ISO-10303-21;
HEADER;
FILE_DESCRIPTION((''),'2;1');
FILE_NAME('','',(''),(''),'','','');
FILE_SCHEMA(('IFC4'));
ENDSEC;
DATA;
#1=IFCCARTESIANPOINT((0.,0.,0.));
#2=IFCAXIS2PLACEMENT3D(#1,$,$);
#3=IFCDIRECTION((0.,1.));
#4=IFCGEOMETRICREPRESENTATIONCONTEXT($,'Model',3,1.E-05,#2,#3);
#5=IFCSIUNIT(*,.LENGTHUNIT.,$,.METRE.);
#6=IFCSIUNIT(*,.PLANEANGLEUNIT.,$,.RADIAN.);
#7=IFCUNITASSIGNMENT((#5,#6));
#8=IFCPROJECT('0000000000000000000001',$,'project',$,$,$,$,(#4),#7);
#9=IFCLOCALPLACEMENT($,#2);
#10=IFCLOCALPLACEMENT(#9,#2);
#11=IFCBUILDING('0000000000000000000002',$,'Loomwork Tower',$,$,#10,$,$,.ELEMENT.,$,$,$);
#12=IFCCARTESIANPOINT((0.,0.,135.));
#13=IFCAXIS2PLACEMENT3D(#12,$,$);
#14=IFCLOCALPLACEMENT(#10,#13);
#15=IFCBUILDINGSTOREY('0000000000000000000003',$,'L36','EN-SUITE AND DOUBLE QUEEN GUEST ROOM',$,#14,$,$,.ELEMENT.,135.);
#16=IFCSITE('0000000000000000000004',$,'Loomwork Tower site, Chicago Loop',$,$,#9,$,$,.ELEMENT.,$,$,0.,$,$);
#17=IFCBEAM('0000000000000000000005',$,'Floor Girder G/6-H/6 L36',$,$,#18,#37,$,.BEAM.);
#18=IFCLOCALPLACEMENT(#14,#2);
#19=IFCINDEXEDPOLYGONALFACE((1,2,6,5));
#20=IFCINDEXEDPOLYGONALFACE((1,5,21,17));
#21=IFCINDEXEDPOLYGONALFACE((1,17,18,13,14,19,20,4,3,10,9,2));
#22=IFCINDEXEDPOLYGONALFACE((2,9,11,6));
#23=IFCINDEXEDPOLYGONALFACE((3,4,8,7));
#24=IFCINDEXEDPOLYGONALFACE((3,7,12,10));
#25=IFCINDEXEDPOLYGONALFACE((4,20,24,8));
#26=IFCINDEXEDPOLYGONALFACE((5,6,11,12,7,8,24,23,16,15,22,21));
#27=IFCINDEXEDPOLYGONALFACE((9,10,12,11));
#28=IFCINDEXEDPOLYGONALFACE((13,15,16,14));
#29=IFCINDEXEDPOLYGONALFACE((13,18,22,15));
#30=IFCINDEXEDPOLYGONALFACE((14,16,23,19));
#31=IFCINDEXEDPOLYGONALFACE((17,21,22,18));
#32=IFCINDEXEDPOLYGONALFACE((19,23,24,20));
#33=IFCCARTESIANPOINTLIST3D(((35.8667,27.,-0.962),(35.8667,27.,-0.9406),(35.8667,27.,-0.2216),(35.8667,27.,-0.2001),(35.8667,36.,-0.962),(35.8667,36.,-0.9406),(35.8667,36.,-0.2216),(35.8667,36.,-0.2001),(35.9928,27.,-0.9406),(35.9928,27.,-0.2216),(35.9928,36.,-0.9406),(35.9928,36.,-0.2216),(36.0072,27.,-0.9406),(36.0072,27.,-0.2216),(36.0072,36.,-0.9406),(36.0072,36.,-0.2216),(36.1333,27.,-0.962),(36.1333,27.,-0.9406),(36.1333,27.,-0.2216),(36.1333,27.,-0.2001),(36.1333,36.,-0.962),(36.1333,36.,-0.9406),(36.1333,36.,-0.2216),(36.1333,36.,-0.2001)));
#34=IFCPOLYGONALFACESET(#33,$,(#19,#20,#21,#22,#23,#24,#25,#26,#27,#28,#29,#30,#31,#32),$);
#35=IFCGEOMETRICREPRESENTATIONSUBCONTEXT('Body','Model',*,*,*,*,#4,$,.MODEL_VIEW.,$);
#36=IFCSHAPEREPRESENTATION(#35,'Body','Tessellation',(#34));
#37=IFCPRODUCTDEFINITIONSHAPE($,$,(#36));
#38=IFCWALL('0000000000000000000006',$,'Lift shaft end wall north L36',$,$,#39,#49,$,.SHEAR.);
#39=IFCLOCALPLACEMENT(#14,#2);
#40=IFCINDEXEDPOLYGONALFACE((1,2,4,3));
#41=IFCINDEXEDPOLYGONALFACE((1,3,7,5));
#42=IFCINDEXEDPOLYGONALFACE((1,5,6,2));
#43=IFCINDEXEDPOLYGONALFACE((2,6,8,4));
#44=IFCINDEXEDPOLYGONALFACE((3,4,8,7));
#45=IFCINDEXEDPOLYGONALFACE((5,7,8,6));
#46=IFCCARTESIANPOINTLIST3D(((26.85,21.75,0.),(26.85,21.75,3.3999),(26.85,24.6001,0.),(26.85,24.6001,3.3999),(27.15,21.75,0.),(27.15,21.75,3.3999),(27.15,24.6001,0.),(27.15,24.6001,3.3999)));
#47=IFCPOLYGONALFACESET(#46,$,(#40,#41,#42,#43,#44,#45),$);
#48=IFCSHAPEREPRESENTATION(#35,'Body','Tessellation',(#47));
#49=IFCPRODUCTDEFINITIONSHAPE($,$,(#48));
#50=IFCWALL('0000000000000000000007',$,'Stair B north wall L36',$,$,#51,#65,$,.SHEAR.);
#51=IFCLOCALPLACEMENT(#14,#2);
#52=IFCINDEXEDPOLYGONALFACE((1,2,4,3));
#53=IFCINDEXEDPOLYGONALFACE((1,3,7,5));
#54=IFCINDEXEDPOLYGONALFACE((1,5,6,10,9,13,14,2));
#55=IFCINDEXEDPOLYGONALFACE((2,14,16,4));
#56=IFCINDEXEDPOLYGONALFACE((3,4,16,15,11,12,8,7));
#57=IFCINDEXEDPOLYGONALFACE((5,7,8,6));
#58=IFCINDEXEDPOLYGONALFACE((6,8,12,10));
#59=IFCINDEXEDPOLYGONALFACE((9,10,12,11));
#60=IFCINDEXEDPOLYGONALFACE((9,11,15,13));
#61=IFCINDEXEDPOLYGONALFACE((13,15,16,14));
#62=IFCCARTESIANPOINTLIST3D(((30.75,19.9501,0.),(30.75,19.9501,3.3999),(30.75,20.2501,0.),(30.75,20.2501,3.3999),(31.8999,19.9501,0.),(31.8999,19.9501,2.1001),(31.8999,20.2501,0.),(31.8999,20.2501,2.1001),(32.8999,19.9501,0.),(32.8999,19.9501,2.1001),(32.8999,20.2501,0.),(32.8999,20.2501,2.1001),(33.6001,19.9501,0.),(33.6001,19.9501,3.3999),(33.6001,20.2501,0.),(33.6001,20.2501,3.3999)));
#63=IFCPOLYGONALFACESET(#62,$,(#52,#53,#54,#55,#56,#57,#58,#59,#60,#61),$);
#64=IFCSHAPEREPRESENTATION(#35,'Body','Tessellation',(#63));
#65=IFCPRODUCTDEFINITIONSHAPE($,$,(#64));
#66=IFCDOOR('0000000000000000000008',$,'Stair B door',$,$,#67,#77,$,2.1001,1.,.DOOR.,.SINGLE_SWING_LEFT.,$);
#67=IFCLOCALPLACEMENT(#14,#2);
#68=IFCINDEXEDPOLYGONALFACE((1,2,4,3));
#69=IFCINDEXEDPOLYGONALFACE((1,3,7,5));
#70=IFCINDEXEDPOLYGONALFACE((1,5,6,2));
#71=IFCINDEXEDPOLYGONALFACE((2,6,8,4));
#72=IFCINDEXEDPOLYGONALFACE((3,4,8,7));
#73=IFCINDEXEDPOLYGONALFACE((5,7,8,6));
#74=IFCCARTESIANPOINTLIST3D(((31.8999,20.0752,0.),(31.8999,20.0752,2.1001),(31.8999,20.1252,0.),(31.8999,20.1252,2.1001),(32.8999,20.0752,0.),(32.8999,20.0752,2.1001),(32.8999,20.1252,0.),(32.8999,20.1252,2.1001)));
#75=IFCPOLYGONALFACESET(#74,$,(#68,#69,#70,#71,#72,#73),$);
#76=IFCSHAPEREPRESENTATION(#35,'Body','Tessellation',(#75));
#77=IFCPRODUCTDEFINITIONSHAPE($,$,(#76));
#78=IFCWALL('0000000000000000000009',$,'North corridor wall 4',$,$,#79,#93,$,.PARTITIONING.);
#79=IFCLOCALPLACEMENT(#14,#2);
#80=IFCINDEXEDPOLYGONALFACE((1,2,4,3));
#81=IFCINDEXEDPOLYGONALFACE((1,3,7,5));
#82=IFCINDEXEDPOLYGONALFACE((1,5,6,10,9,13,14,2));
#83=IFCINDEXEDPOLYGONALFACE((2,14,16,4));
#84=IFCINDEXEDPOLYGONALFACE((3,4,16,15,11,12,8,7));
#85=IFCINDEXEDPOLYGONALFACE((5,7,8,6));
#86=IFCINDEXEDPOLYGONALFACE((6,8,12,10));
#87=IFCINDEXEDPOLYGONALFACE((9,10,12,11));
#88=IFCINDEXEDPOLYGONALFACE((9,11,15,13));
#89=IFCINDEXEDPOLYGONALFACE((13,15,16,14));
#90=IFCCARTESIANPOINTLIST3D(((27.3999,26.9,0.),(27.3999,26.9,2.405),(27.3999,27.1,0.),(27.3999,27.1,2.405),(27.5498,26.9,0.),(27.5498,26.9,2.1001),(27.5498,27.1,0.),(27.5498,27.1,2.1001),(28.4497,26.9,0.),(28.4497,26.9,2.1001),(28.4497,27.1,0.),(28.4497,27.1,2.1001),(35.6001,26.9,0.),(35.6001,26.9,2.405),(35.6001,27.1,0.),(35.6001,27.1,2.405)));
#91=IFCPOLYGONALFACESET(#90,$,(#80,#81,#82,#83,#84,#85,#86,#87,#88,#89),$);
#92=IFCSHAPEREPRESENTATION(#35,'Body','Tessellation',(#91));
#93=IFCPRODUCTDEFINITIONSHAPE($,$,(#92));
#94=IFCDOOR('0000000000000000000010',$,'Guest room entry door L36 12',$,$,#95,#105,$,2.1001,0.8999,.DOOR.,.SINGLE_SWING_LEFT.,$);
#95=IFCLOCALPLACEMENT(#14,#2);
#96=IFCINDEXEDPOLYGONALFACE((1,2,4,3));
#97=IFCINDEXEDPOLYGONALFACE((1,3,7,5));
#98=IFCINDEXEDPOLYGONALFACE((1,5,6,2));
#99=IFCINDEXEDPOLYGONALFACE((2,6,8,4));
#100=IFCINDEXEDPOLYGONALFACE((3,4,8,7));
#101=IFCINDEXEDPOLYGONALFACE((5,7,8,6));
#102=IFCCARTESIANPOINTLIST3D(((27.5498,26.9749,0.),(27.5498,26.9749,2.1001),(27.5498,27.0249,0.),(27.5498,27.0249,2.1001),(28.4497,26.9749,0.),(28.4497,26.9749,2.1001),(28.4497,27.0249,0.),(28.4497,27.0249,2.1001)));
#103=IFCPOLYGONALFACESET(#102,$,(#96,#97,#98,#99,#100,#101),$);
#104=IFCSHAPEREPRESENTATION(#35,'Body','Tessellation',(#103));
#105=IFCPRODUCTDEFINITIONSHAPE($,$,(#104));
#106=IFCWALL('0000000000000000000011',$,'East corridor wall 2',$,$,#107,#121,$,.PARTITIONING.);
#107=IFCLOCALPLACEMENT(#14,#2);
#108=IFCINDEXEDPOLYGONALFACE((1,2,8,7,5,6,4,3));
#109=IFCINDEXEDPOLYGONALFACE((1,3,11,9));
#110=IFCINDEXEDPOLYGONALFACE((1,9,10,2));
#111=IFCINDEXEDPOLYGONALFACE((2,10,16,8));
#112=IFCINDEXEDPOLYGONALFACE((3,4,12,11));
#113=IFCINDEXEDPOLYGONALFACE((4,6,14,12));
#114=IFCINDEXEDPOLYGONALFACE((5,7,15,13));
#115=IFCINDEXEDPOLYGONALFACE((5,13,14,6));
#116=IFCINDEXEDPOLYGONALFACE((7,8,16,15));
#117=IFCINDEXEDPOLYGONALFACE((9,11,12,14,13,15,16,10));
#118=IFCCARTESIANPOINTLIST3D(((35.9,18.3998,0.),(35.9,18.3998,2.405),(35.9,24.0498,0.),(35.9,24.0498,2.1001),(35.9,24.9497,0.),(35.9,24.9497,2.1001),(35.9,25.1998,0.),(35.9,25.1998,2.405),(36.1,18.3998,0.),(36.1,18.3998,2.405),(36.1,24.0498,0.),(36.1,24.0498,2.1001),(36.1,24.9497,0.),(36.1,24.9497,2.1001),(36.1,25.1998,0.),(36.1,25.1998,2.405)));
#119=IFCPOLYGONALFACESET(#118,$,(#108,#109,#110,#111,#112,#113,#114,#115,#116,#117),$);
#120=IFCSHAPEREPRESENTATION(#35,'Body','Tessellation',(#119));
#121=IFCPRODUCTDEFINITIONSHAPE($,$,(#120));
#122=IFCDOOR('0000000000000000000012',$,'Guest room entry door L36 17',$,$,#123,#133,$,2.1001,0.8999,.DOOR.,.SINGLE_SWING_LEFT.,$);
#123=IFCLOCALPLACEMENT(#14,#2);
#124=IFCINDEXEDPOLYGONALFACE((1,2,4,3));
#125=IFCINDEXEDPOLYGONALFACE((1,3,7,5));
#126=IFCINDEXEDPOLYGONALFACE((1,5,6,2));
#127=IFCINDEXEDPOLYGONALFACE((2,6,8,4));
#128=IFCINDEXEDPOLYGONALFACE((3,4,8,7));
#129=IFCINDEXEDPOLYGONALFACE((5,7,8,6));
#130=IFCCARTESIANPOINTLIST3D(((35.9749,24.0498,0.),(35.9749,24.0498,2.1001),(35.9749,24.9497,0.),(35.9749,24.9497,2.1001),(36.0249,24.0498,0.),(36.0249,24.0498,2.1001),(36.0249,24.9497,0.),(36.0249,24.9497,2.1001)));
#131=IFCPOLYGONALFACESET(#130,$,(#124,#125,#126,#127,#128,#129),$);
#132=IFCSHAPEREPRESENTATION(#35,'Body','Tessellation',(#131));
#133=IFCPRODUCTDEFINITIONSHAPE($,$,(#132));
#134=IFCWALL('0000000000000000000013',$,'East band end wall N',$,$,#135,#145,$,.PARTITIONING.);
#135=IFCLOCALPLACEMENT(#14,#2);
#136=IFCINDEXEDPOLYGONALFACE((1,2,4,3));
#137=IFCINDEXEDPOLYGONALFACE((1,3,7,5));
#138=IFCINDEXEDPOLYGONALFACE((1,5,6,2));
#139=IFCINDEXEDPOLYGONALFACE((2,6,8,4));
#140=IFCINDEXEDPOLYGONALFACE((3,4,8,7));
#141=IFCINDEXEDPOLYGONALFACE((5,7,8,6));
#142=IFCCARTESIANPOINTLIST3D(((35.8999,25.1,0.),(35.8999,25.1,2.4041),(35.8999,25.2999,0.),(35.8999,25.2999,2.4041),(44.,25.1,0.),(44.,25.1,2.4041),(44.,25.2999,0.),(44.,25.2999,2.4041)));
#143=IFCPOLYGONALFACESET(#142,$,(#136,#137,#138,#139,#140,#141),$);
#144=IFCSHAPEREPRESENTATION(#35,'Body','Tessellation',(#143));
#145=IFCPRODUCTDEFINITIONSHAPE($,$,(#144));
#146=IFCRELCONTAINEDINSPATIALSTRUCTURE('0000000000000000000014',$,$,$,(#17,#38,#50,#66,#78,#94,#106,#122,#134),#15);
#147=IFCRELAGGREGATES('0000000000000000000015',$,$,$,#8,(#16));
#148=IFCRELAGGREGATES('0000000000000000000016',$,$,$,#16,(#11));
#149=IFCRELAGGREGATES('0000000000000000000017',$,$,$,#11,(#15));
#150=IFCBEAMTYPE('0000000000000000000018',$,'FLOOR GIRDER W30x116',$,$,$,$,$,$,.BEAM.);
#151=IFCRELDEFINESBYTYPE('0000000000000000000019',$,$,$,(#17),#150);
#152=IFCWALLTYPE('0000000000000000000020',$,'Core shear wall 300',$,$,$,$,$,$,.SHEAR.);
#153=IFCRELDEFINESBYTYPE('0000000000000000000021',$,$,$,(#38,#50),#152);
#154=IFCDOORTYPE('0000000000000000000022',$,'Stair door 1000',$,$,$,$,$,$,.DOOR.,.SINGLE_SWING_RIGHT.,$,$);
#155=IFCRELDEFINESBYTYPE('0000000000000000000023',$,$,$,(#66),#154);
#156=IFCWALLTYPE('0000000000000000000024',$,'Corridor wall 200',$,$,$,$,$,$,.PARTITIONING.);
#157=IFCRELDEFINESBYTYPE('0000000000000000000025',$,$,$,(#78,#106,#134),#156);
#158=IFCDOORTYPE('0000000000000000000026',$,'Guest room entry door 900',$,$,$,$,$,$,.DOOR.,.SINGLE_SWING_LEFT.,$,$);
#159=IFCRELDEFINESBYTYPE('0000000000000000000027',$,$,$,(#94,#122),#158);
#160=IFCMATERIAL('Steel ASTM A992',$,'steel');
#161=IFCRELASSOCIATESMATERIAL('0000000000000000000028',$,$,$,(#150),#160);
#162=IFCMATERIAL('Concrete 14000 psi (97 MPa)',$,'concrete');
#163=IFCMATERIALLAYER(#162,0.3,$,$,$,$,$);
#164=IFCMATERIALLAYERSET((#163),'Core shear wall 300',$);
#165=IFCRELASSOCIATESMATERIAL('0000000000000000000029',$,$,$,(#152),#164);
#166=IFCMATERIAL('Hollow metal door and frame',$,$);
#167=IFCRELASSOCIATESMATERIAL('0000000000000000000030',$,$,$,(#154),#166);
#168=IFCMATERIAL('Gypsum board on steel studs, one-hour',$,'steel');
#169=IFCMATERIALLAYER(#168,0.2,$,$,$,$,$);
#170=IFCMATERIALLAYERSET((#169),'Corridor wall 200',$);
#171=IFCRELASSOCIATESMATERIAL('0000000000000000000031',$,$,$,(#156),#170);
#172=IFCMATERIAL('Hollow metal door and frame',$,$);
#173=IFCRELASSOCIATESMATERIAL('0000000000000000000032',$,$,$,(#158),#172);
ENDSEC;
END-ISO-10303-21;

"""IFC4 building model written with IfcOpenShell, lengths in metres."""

from ifc_helpers import new_model, si_unit, direction, frame, frame_2d, origin, origin_2d, place, context, subcontext, project, spatial, rectangle, i_section, extrude, material, layer, layer_set, material_profile, profile_set, type_object, element, fill, save


model = new_model("IFC4")

# Units and contexts
model_context = context("Model", 3, precision=1e-05, world=origin(), true_north=direction((0.0, 1.0)))
body_context = subcontext(model_context, "Body", "Model", "MODEL_VIEW")
ifc_project = project(units=[si_unit("LENGTHUNIT", "METRE"), si_unit("PLANEANGLEUNIT", "RADIAN")], contexts=[model_context])

# Site, building, storey
site_placement = place(None, origin())
site = spatial("IfcSite", under=ifc_project, at=site_placement, Name="Loomwork Tower site, Chicago Loop", CompositionType="ELEMENT", RefElevation=0.0)
building_placement = place(site_placement, origin())
building = spatial("IfcBuilding", under=site, at=building_placement, Name="Loomwork Tower", CompositionType="ELEMENT")
storey_placement = place(building_placement, frame((0.0, 0.0, 135.0)))
storey = spatial("IfcBuildingStorey", under=building, at=storey_placement, Name="L36", Description="EN-SUITE AND DOUBLE QUEEN GUEST ROOM", CompositionType="ELEMENT", Elevation=135.0)

# Beam
ifc_material_1 = material(Name="Steel ASTM A992", Category="steel")
ifc_material_profile_1 = material_profile(ifc_material_1, i_section(OverallWidth=0.2666, OverallDepth=0.762, WebThickness=0.0144, FlangeThickness=0.0215, at=origin_2d()), Name="W30x116")
ifc_profile_set_1 = profile_set([ifc_material_profile_1], Name="Steel ASTM A992")
beam_type_1 = type_object("IfcBeamType", Name="FLOOR GIRDER W30x116", PredefinedType="BEAM", material=ifc_profile_set_1)
for number, where, z_axis, x_axis, name in (
    (1, (36.0, 27.0, -0.5811), (0.0, 1.0, 0.0), (-1.0, 0.0, 0.0), "Floor Girder G/6-H/6 L36"),
):
    element("IfcBeam", number, at=place(storey_placement, frame(where, z_axis=z_axis, x_axis=x_axis)), inside=storey, type_object=beam_type_1, Name=name, PredefinedType="BEAM", context=body_context, shape_type="SweptSolid", body=[
        extrude(i_section(OverallWidth=0.2666, OverallDepth=0.762, WebThickness=0.0144, FlangeThickness=0.0215, at=origin_2d()), origin(), (0.0, 0.0, 1.0), 9.0),
    ])

# Wall
ifc_material_2 = material(Name="Concrete 14000 psi (97 MPa)", Category="concrete")
ifc_layer_1 = layer(ifc_material_2, 0.3)
ifc_layer_set_1 = layer_set([ifc_layer_1], Name="Core shear wall 300")
wall_type_1 = type_object("IfcWallType", Name="Core shear wall 300", PredefinedType="SHEAR", material=ifc_layer_set_1)
wall_1_placement = place(storey_placement, frame((27.0, 21.75, 0.0), z_axis=(0.0, 0.0, 1.0), x_axis=(0.0, 1.0, 0.0)))
element("IfcWall", 2, at=wall_1_placement, inside=storey, type_object=wall_type_1, Name="Lift shaft end wall north L36", PredefinedType="SHEAR", context=body_context, shape_type="SweptSolid", body=[
    extrude(rectangle(XDim=2.8501, YDim=0.3, at=frame_2d((1.425, 0.0))), origin(), (0.0, 0.0, 1.0), 3.3999),
])

# Walls, openings, doors
wall_2_placement = place(storey_placement, frame((30.75, 20.1001, 0.0), z_axis=(0.0, 0.0, 1.0), x_axis=(1.0, 0.0, 0.0)))
wall_2 = element("IfcWall", 3, at=wall_2_placement, inside=storey, type_object=wall_type_1, Name="Stair B north wall L36", PredefinedType="SHEAR", context=body_context, shape_type="SweptSolid", body=[
    extrude(rectangle(XDim=2.8501, YDim=0.3, at=frame_2d((1.425, 0.0))), origin(), (0.0, 0.0, 1.0), 3.3999),
])
opening_1_placement = place(wall_2_placement, frame((1.1499, 0.0, 0.0)))
opening_1 = element("IfcOpeningElement", 4, at=opening_1_placement, cuts=wall_2, PredefinedType="OPENING", context=body_context, shape_type="SweptSolid", body=[
    extrude(rectangle(XDim=1.0, YDim=2.1001, at=frame_2d((0.5, 1.05))), frame((0.0, 0.1599, 0.0), z_axis=(0.0, -1.0, 0.0), x_axis=(1.0, 0.0, 0.0)), (0.0, 0.0, 1.0), 0.3201),
])
ifc_material_3 = material(Name="Hollow metal door and frame")
door_type_1 = type_object("IfcDoorType", Name="Stair door 1000", OperationType="SINGLE_SWING_RIGHT", PredefinedType="DOOR", material=ifc_material_3)
door_1_placement = place(opening_1_placement, frame((1.0, 0.0, 0.0), z_axis=(0.0, 0.0, 1.0), x_axis=(-1.0, 0.0, 0.0)))
door_1 = element("IfcDoor", 5, at=door_1_placement, inside=storey, type_object=door_type_1, Name="Stair B door", OperationType="SINGLE_SWING_LEFT", OverallHeight=2.1001, OverallWidth=1.0, PredefinedType="DOOR", context=body_context, shape_type="SweptSolid", body=[
    extrude(rectangle(XDim=1.0, YDim=2.1001, at=frame_2d((0.5, 1.05))), frame((0.0, 0.0249, 0.0), z_axis=(0.0, -1.0, 0.0), x_axis=(1.0, 0.0, 0.0)), (0.0, 0.0, 1.0), 0.05),
])
fill(opening_1, door_1)
ifc_material_4 = material(Name="Gypsum board on steel studs, one-hour", Category="steel")
ifc_layer_2 = layer(ifc_material_4, 0.2)
ifc_layer_set_2 = layer_set([ifc_layer_2], Name="Corridor wall 200")
wall_type_2 = type_object("IfcWallType", Name="Corridor wall 200", PredefinedType="PARTITIONING", material=ifc_layer_set_2)
wall_3_placement = place(storey_placement, frame((27.3999, 27.0, 0.0), z_axis=(0.0, 0.0, 1.0), x_axis=(1.0, 0.0, 0.0)))
wall_3 = element("IfcWall", 6, at=wall_3_placement, inside=storey, type_object=wall_type_2, Name="North corridor wall 4", PredefinedType="PARTITIONING", context=body_context, shape_type="SweptSolid", body=[
    extrude(rectangle(XDim=8.2002, YDim=0.2, at=frame_2d((4.1001, 0.0))), origin(), (0.0, 0.0, 1.0), 2.405),
])
opening_2_placement = place(wall_3_placement, frame((0.1499, 0.0, 0.0)))
opening_2 = element("IfcOpeningElement", 7, at=opening_2_placement, cuts=wall_3, PredefinedType="OPENING", context=body_context, shape_type="SweptSolid", body=[
    extrude(rectangle(XDim=0.8999, YDim=2.1001, at=frame_2d((0.45, 1.05))), frame((0.0, 0.1099, 0.0), z_axis=(0.0, -1.0, 0.0), x_axis=(1.0, 0.0, 0.0)), (0.0, 0.0, 1.0), 0.22),
])
ifc_material_5 = material(Name="Hollow metal door and frame")
door_type_2 = type_object("IfcDoorType", Name="Guest room entry door 900", OperationType="SINGLE_SWING_LEFT", PredefinedType="DOOR", material=ifc_material_5)
door_2_placement = place(opening_2_placement, origin())
door_2 = element("IfcDoor", 8, at=door_2_placement, inside=storey, type_object=door_type_2, Name="Guest room entry door L36 12", OperationType="SINGLE_SWING_LEFT", OverallHeight=2.1001, OverallWidth=0.8999, PredefinedType="DOOR", context=body_context, shape_type="SweptSolid", body=[
    extrude(rectangle(XDim=0.8999, YDim=2.1001, at=frame_2d((0.45, 1.05))), frame((0.0, 0.0249, 0.0), z_axis=(0.0, -1.0, 0.0), x_axis=(1.0, 0.0, 0.0)), (0.0, 0.0, 1.0), 0.05),
])
fill(opening_2, door_2)
wall_4_placement = place(storey_placement, frame((36.0, 18.3999, 0.0), z_axis=(0.0, 0.0, 1.0), x_axis=(0.0, 1.0, 0.0)))
wall_4 = element("IfcWall", 9, at=wall_4_placement, inside=storey, type_object=wall_type_2, Name="East corridor wall 2", PredefinedType="PARTITIONING", context=body_context, shape_type="SweptSolid", body=[
    extrude(rectangle(XDim=6.8, YDim=0.2, at=frame_2d((3.3999, 0.0))), origin(), (0.0, 0.0, 1.0), 2.405),
])
opening_3_placement = place(wall_4_placement, frame((5.6499, 0.0, 0.0)))
opening_3 = element("IfcOpeningElement", 10, at=opening_3_placement, cuts=wall_4, PredefinedType="OPENING", context=body_context, shape_type="SweptSolid", body=[
    extrude(rectangle(XDim=0.8999, YDim=2.1001, at=frame_2d((0.45, 1.05))), frame((0.0, 0.1099, 0.0), z_axis=(0.0, -1.0, 0.0), x_axis=(1.0, 0.0, 0.0)), (0.0, 0.0, 1.0), 0.22),
])
door_3_placement = place(opening_3_placement, frame((0.8999, 0.0, 0.0), z_axis=(0.0, 0.0, 1.0), x_axis=(-1.0, 0.0, 0.0)))
door_3 = element("IfcDoor", 11, at=door_3_placement, inside=storey, type_object=door_type_2, Name="Guest room entry door L36 17", OperationType="SINGLE_SWING_LEFT", OverallHeight=2.1001, OverallWidth=0.8999, PredefinedType="DOOR", context=body_context, shape_type="SweptSolid", body=[
    extrude(rectangle(XDim=0.8999, YDim=2.1001, at=frame_2d((0.45, 1.05))), frame((0.0, 0.0249, 0.0), z_axis=(0.0, -1.0, 0.0), x_axis=(1.0, 0.0, 0.0)), (0.0, 0.0, 1.0), 0.05),
])
fill(opening_3, door_3)

# Wall
wall_5_placement = place(storey_placement, frame((35.8999, 25.2, 0.0), z_axis=(0.0, 0.0, 1.0), x_axis=(1.0, 0.0, 0.0)))
element("IfcWall", 12, at=wall_5_placement, inside=storey, type_object=wall_type_2, Name="East band end wall N", PredefinedType="PARTITIONING", context=body_context, shape_type="SweptSolid", body=[
    extrude(rectangle(XDim=8.1001, YDim=0.2, at=frame_2d((4.05, 0.0))), origin(), (0.0, 0.0, 1.0), 2.4041),
])

save(model, "model.ifc")
